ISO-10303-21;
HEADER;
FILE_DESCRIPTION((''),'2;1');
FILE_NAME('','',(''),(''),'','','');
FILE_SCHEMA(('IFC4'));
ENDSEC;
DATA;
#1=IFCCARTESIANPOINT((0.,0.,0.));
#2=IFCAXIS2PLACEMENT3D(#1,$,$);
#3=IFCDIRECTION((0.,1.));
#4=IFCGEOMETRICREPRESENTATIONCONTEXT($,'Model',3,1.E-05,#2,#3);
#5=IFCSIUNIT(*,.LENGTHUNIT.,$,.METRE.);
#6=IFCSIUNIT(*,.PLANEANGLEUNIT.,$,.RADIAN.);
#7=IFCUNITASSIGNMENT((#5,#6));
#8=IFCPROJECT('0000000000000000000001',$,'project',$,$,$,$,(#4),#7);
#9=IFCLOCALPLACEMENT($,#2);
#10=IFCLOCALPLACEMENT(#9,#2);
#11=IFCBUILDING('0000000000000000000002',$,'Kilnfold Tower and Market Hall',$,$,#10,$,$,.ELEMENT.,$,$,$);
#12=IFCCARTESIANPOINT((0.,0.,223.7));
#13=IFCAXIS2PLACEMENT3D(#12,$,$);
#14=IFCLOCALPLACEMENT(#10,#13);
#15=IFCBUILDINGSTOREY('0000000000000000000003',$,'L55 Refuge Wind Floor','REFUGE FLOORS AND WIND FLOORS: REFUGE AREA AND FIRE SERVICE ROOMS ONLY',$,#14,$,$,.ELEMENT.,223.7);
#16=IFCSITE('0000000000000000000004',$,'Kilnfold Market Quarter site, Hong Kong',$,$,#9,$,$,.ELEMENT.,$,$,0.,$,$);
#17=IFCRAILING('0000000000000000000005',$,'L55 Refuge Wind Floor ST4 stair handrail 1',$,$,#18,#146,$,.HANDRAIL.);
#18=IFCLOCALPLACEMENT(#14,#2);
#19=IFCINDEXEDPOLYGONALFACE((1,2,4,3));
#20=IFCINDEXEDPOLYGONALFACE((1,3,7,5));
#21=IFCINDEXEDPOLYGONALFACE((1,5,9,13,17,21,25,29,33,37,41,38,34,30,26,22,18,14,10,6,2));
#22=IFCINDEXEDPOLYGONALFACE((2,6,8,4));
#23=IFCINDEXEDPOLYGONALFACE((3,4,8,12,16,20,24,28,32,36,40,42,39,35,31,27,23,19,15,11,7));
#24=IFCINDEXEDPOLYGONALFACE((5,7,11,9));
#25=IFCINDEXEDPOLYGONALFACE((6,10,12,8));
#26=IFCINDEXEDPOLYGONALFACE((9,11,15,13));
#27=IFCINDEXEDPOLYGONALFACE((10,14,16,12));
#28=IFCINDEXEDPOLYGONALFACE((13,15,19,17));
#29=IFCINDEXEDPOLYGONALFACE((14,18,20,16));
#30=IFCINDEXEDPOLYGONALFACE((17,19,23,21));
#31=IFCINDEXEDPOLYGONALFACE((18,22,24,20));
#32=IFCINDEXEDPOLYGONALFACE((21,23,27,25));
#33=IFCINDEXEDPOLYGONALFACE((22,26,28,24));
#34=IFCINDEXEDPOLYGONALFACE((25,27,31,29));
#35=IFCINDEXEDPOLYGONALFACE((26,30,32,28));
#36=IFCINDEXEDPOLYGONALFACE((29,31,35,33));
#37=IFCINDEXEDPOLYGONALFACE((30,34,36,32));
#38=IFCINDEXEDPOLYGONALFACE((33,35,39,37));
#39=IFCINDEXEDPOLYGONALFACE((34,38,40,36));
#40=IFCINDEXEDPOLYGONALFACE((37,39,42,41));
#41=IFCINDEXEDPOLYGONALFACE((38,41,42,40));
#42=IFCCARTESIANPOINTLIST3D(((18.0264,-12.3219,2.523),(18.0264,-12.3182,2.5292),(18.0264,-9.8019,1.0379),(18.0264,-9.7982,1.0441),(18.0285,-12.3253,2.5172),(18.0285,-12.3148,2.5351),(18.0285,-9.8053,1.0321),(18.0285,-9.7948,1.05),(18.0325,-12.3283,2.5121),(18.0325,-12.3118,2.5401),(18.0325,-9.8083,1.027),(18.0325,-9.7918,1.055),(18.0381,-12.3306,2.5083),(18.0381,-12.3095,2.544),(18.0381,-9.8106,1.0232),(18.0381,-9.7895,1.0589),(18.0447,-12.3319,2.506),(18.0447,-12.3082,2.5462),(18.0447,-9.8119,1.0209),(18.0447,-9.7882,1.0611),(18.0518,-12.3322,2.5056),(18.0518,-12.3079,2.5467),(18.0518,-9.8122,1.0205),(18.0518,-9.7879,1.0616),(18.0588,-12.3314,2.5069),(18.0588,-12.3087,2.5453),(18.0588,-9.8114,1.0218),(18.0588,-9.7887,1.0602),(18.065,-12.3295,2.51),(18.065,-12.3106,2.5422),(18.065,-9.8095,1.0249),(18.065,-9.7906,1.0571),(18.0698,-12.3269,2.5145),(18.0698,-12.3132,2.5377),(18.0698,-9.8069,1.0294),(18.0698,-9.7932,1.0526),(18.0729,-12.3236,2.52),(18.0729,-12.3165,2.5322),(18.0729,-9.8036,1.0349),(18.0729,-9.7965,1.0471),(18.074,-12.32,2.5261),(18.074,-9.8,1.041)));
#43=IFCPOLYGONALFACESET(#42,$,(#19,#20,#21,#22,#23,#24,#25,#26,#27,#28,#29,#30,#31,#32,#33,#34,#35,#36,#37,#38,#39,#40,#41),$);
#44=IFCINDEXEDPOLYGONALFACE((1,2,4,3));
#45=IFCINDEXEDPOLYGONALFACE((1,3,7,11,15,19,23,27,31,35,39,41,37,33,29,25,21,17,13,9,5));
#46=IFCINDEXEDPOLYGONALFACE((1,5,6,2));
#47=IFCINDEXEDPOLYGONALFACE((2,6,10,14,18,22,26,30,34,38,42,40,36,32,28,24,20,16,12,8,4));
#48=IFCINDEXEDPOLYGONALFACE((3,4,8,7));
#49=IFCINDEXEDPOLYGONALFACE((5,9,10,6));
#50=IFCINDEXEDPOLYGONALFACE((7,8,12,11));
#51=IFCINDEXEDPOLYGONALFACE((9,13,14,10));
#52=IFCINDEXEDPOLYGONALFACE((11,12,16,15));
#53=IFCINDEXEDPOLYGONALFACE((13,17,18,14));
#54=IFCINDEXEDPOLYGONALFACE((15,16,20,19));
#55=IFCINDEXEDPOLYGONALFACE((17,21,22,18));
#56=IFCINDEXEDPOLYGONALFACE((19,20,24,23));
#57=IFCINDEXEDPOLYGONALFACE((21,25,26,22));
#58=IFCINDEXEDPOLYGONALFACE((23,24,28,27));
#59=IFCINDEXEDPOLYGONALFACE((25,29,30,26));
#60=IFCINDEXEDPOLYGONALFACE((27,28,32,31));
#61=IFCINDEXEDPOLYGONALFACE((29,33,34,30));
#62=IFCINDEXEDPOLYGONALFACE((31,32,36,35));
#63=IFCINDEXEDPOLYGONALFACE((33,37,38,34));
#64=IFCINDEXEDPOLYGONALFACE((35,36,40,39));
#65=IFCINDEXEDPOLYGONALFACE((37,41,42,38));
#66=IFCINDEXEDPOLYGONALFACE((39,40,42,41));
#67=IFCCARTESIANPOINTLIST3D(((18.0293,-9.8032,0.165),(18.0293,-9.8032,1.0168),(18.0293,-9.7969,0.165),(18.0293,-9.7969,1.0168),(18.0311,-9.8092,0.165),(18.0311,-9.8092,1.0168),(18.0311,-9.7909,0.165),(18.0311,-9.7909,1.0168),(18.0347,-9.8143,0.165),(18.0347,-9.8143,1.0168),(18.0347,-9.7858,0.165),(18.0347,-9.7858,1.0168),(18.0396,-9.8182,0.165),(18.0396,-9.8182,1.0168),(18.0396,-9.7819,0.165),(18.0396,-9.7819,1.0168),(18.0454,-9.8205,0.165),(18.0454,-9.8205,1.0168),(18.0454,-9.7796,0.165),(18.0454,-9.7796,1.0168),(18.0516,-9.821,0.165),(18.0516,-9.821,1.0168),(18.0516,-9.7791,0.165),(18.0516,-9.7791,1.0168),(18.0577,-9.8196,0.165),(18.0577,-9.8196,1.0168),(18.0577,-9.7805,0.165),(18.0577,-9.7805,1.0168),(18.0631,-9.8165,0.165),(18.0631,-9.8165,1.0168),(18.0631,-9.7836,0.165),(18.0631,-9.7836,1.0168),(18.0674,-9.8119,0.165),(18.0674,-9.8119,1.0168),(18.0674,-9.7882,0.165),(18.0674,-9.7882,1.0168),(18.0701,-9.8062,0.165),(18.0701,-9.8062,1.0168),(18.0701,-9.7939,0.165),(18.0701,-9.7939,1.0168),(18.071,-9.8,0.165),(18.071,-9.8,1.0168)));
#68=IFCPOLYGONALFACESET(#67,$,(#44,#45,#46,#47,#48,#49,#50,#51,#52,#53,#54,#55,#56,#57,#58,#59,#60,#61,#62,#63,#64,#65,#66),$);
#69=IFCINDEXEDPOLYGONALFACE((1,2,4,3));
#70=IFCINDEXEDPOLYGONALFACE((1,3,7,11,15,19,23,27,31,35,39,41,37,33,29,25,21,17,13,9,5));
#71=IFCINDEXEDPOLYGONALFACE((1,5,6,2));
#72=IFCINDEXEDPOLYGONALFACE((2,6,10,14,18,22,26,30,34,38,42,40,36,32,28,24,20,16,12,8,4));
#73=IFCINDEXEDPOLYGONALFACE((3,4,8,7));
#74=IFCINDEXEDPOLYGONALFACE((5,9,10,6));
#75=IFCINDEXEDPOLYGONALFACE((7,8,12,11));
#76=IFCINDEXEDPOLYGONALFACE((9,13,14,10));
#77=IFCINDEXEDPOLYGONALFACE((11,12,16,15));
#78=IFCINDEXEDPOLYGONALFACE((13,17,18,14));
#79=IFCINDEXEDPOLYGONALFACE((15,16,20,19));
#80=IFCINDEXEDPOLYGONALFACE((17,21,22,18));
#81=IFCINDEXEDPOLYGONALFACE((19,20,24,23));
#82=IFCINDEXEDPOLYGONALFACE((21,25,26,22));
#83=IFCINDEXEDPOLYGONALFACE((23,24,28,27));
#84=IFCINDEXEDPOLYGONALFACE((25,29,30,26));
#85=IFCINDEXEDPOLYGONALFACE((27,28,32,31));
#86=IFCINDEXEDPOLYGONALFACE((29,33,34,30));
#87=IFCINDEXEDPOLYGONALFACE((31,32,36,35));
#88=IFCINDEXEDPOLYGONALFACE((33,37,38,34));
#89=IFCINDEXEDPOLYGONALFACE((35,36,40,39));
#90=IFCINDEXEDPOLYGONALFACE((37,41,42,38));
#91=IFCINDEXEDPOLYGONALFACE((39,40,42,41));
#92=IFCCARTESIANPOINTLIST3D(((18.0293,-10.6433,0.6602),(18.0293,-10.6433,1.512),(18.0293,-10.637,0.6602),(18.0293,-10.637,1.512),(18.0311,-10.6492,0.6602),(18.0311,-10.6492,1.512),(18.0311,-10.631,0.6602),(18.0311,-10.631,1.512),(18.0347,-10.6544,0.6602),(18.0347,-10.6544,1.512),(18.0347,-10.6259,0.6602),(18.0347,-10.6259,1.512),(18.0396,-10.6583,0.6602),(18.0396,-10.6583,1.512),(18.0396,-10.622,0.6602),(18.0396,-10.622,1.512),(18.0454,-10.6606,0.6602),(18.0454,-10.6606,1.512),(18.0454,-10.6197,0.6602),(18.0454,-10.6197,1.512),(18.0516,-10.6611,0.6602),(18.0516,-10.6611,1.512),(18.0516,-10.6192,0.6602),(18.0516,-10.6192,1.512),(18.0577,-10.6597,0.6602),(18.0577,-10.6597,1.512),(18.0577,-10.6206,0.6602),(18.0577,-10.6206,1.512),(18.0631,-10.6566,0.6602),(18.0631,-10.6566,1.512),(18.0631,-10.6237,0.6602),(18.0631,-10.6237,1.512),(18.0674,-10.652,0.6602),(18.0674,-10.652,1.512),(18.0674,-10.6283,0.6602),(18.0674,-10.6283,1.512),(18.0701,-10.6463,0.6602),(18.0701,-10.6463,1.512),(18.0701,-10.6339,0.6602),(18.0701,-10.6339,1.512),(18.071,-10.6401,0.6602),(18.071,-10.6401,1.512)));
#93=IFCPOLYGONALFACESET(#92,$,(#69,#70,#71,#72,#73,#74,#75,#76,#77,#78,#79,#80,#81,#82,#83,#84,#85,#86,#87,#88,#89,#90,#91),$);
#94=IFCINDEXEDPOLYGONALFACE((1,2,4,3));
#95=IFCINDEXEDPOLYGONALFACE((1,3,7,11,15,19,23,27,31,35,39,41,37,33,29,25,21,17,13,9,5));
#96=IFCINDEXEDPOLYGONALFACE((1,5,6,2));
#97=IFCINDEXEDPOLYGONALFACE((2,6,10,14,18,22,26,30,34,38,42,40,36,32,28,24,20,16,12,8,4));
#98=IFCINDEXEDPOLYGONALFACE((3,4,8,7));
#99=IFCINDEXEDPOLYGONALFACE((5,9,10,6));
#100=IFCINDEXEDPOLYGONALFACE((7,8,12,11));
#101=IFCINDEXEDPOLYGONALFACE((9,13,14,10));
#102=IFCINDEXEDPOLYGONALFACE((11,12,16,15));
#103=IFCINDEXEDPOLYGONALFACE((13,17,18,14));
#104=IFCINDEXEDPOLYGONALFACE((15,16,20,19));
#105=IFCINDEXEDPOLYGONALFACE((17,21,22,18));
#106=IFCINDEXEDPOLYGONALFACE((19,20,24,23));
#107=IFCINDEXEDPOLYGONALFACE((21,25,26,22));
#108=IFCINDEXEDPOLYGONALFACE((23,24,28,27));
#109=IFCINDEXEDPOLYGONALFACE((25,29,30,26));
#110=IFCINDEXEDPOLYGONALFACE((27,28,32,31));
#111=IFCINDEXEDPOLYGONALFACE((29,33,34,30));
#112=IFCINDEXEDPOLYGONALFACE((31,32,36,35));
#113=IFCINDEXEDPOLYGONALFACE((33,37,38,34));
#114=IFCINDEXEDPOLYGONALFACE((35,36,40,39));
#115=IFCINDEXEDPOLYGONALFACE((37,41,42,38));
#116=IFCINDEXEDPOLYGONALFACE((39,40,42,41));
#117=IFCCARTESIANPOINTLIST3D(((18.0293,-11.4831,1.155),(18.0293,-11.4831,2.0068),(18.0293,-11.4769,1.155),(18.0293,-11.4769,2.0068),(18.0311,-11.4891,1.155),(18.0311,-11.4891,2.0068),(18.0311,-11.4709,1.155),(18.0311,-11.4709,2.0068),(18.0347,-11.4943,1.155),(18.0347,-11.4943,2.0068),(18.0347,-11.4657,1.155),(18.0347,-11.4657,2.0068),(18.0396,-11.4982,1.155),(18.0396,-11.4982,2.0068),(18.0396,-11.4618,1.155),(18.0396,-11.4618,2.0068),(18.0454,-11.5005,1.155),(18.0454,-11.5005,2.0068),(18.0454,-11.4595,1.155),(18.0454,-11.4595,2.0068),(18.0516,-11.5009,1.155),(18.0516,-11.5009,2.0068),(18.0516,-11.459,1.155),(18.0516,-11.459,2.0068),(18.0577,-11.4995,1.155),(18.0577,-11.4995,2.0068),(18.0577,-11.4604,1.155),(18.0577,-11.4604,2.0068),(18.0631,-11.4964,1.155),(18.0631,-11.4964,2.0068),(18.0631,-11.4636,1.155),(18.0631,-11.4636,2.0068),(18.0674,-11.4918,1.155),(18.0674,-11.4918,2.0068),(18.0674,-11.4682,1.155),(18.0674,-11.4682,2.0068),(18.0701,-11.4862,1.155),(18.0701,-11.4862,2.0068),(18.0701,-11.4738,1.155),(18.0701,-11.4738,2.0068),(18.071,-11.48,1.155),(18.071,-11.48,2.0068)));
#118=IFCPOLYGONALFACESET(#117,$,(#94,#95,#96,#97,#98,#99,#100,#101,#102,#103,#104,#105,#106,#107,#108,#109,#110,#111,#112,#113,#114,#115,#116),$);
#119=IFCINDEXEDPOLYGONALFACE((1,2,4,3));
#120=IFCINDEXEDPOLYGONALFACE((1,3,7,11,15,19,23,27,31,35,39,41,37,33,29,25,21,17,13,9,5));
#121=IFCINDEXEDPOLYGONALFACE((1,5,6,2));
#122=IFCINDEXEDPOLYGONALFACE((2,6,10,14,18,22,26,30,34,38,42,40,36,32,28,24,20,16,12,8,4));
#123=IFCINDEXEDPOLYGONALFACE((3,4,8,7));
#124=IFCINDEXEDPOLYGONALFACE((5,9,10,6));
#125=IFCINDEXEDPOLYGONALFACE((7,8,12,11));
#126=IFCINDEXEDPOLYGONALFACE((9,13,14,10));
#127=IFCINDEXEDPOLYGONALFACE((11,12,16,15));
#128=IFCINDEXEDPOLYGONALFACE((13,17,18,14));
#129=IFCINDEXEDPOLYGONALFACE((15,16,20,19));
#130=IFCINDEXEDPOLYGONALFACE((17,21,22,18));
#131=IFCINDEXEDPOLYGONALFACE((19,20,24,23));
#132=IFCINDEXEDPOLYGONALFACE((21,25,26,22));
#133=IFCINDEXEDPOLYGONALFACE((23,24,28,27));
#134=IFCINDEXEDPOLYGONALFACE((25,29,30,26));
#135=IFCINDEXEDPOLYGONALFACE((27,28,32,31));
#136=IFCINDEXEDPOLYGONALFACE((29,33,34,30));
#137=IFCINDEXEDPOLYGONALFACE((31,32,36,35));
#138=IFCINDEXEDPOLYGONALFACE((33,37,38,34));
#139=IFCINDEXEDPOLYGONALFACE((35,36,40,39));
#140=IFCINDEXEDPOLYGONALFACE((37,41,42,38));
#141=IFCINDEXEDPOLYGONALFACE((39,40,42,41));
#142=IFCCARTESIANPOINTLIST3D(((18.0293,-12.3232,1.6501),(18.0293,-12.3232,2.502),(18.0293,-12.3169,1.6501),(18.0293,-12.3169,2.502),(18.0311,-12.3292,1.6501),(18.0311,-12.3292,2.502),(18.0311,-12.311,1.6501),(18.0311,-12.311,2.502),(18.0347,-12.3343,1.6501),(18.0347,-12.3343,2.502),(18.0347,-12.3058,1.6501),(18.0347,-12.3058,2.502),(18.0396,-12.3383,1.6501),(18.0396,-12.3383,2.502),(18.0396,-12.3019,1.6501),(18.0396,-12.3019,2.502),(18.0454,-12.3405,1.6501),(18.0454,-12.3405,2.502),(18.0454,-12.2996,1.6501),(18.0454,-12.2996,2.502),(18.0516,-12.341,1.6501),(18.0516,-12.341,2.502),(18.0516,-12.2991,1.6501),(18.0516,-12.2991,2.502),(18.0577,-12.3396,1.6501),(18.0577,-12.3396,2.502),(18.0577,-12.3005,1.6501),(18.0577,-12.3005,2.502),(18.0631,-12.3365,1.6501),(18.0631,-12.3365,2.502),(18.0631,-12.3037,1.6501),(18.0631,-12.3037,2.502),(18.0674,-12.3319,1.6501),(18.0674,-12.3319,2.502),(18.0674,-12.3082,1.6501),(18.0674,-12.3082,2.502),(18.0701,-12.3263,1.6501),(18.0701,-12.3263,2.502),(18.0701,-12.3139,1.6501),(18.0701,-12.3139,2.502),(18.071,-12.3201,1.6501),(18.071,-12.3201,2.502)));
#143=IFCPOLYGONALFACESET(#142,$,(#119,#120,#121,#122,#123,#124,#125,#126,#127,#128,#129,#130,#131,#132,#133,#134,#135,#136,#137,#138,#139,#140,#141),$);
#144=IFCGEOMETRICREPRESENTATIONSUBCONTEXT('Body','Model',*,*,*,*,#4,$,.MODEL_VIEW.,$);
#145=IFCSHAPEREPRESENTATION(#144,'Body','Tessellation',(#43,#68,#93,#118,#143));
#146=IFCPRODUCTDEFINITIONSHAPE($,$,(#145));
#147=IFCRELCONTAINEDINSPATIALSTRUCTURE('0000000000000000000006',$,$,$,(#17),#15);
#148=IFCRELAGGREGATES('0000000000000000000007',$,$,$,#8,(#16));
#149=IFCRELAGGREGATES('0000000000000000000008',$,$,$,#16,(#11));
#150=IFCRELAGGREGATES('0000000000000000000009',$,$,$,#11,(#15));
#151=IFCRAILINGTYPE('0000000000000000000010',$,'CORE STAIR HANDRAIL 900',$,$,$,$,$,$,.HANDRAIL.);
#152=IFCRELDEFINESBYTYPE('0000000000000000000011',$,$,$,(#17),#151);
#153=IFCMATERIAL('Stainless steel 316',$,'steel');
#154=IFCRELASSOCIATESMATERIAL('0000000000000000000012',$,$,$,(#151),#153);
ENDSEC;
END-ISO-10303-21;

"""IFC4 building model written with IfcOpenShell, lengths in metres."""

from ifc_helpers import new_model, si_unit, direction, frame, origin, origin_2d, place, context, subcontext, project, spatial, circle, extrude, material, type_object, element, save


model = new_model("IFC4")

# Units and contexts
model_context = context("Model", 3, precision=1e-05, world=origin(), true_north=direction((0.0, 1.0)))
body_context = subcontext(model_context, "Body", "Model", "MODEL_VIEW")
ifc_project = project(units=[si_unit("LENGTHUNIT", "METRE"), si_unit("PLANEANGLEUNIT", "RADIAN")], contexts=[model_context])

# Site, building, storey
site_placement = place(None, origin())
site = spatial("IfcSite", under=ifc_project, at=site_placement, Name="Kilnfold Market Quarter site, Hong Kong", CompositionType="ELEMENT", RefElevation=0.0)
building_placement = place(site_placement, origin())
building = spatial("IfcBuilding", under=site, at=building_placement, Name="Kilnfold Tower and Market Hall", CompositionType="ELEMENT")
storey_placement = place(building_placement, frame((0.0, 0.0, 223.7)))
storey = spatial("IfcBuildingStorey", under=building, at=storey_placement, Name="L55 Refuge Wind Floor", Description="REFUGE FLOORS AND WIND FLOORS: REFUGE AREA AND FIRE SERVICE ROOMS ONLY", CompositionType="ELEMENT", Elevation=223.7)

# Railing
ifc_material_1 = material(Name="Stainless steel 316", Category="steel")
railing_type = type_object("IfcRailingType", Name="CORE STAIR HANDRAIL 900", PredefinedType="HANDRAIL", material=ifc_material_1)
railing_placement = place(storey_placement, frame((18.05, -9.8, 0.165)))
element("IfcRailing", 1, at=railing_placement, inside=storey, type_object=railing_type, Name="L55 Refuge Wind Floor ST4 stair handrail 1", PredefinedType="HANDRAIL", context=body_context, shape_type="SweptSolid", body=[
    extrude(circle(Radius=0.0239, at=origin_2d()), frame((0.0, 0.0, 0.876), z_axis=(0.0, -0.861524, 0.507717), x_axis=(1.0, 0.0, 0.0)), (0.0, 0.0, 1.0), 2.925),
    extrude(circle(Radius=0.021, at=origin_2d()), origin(), (0.0, 0.0, 1.0), 0.8518),
    extrude(circle(Radius=0.021, at=origin_2d()), frame((0.0, -0.8401, 0.4951)), (0.0, 0.0, 1.0), 0.8518),
    extrude(circle(Radius=0.021, at=origin_2d()), frame((0.0, -1.6799, 0.99)), (0.0, 0.0, 1.0), 0.8518),
    extrude(circle(Radius=0.021, at=origin_2d()), frame((0.0, -2.52, 1.4851)), (0.0, 0.0, 1.0), 0.8518),
])

save(model, "model.ifc")
